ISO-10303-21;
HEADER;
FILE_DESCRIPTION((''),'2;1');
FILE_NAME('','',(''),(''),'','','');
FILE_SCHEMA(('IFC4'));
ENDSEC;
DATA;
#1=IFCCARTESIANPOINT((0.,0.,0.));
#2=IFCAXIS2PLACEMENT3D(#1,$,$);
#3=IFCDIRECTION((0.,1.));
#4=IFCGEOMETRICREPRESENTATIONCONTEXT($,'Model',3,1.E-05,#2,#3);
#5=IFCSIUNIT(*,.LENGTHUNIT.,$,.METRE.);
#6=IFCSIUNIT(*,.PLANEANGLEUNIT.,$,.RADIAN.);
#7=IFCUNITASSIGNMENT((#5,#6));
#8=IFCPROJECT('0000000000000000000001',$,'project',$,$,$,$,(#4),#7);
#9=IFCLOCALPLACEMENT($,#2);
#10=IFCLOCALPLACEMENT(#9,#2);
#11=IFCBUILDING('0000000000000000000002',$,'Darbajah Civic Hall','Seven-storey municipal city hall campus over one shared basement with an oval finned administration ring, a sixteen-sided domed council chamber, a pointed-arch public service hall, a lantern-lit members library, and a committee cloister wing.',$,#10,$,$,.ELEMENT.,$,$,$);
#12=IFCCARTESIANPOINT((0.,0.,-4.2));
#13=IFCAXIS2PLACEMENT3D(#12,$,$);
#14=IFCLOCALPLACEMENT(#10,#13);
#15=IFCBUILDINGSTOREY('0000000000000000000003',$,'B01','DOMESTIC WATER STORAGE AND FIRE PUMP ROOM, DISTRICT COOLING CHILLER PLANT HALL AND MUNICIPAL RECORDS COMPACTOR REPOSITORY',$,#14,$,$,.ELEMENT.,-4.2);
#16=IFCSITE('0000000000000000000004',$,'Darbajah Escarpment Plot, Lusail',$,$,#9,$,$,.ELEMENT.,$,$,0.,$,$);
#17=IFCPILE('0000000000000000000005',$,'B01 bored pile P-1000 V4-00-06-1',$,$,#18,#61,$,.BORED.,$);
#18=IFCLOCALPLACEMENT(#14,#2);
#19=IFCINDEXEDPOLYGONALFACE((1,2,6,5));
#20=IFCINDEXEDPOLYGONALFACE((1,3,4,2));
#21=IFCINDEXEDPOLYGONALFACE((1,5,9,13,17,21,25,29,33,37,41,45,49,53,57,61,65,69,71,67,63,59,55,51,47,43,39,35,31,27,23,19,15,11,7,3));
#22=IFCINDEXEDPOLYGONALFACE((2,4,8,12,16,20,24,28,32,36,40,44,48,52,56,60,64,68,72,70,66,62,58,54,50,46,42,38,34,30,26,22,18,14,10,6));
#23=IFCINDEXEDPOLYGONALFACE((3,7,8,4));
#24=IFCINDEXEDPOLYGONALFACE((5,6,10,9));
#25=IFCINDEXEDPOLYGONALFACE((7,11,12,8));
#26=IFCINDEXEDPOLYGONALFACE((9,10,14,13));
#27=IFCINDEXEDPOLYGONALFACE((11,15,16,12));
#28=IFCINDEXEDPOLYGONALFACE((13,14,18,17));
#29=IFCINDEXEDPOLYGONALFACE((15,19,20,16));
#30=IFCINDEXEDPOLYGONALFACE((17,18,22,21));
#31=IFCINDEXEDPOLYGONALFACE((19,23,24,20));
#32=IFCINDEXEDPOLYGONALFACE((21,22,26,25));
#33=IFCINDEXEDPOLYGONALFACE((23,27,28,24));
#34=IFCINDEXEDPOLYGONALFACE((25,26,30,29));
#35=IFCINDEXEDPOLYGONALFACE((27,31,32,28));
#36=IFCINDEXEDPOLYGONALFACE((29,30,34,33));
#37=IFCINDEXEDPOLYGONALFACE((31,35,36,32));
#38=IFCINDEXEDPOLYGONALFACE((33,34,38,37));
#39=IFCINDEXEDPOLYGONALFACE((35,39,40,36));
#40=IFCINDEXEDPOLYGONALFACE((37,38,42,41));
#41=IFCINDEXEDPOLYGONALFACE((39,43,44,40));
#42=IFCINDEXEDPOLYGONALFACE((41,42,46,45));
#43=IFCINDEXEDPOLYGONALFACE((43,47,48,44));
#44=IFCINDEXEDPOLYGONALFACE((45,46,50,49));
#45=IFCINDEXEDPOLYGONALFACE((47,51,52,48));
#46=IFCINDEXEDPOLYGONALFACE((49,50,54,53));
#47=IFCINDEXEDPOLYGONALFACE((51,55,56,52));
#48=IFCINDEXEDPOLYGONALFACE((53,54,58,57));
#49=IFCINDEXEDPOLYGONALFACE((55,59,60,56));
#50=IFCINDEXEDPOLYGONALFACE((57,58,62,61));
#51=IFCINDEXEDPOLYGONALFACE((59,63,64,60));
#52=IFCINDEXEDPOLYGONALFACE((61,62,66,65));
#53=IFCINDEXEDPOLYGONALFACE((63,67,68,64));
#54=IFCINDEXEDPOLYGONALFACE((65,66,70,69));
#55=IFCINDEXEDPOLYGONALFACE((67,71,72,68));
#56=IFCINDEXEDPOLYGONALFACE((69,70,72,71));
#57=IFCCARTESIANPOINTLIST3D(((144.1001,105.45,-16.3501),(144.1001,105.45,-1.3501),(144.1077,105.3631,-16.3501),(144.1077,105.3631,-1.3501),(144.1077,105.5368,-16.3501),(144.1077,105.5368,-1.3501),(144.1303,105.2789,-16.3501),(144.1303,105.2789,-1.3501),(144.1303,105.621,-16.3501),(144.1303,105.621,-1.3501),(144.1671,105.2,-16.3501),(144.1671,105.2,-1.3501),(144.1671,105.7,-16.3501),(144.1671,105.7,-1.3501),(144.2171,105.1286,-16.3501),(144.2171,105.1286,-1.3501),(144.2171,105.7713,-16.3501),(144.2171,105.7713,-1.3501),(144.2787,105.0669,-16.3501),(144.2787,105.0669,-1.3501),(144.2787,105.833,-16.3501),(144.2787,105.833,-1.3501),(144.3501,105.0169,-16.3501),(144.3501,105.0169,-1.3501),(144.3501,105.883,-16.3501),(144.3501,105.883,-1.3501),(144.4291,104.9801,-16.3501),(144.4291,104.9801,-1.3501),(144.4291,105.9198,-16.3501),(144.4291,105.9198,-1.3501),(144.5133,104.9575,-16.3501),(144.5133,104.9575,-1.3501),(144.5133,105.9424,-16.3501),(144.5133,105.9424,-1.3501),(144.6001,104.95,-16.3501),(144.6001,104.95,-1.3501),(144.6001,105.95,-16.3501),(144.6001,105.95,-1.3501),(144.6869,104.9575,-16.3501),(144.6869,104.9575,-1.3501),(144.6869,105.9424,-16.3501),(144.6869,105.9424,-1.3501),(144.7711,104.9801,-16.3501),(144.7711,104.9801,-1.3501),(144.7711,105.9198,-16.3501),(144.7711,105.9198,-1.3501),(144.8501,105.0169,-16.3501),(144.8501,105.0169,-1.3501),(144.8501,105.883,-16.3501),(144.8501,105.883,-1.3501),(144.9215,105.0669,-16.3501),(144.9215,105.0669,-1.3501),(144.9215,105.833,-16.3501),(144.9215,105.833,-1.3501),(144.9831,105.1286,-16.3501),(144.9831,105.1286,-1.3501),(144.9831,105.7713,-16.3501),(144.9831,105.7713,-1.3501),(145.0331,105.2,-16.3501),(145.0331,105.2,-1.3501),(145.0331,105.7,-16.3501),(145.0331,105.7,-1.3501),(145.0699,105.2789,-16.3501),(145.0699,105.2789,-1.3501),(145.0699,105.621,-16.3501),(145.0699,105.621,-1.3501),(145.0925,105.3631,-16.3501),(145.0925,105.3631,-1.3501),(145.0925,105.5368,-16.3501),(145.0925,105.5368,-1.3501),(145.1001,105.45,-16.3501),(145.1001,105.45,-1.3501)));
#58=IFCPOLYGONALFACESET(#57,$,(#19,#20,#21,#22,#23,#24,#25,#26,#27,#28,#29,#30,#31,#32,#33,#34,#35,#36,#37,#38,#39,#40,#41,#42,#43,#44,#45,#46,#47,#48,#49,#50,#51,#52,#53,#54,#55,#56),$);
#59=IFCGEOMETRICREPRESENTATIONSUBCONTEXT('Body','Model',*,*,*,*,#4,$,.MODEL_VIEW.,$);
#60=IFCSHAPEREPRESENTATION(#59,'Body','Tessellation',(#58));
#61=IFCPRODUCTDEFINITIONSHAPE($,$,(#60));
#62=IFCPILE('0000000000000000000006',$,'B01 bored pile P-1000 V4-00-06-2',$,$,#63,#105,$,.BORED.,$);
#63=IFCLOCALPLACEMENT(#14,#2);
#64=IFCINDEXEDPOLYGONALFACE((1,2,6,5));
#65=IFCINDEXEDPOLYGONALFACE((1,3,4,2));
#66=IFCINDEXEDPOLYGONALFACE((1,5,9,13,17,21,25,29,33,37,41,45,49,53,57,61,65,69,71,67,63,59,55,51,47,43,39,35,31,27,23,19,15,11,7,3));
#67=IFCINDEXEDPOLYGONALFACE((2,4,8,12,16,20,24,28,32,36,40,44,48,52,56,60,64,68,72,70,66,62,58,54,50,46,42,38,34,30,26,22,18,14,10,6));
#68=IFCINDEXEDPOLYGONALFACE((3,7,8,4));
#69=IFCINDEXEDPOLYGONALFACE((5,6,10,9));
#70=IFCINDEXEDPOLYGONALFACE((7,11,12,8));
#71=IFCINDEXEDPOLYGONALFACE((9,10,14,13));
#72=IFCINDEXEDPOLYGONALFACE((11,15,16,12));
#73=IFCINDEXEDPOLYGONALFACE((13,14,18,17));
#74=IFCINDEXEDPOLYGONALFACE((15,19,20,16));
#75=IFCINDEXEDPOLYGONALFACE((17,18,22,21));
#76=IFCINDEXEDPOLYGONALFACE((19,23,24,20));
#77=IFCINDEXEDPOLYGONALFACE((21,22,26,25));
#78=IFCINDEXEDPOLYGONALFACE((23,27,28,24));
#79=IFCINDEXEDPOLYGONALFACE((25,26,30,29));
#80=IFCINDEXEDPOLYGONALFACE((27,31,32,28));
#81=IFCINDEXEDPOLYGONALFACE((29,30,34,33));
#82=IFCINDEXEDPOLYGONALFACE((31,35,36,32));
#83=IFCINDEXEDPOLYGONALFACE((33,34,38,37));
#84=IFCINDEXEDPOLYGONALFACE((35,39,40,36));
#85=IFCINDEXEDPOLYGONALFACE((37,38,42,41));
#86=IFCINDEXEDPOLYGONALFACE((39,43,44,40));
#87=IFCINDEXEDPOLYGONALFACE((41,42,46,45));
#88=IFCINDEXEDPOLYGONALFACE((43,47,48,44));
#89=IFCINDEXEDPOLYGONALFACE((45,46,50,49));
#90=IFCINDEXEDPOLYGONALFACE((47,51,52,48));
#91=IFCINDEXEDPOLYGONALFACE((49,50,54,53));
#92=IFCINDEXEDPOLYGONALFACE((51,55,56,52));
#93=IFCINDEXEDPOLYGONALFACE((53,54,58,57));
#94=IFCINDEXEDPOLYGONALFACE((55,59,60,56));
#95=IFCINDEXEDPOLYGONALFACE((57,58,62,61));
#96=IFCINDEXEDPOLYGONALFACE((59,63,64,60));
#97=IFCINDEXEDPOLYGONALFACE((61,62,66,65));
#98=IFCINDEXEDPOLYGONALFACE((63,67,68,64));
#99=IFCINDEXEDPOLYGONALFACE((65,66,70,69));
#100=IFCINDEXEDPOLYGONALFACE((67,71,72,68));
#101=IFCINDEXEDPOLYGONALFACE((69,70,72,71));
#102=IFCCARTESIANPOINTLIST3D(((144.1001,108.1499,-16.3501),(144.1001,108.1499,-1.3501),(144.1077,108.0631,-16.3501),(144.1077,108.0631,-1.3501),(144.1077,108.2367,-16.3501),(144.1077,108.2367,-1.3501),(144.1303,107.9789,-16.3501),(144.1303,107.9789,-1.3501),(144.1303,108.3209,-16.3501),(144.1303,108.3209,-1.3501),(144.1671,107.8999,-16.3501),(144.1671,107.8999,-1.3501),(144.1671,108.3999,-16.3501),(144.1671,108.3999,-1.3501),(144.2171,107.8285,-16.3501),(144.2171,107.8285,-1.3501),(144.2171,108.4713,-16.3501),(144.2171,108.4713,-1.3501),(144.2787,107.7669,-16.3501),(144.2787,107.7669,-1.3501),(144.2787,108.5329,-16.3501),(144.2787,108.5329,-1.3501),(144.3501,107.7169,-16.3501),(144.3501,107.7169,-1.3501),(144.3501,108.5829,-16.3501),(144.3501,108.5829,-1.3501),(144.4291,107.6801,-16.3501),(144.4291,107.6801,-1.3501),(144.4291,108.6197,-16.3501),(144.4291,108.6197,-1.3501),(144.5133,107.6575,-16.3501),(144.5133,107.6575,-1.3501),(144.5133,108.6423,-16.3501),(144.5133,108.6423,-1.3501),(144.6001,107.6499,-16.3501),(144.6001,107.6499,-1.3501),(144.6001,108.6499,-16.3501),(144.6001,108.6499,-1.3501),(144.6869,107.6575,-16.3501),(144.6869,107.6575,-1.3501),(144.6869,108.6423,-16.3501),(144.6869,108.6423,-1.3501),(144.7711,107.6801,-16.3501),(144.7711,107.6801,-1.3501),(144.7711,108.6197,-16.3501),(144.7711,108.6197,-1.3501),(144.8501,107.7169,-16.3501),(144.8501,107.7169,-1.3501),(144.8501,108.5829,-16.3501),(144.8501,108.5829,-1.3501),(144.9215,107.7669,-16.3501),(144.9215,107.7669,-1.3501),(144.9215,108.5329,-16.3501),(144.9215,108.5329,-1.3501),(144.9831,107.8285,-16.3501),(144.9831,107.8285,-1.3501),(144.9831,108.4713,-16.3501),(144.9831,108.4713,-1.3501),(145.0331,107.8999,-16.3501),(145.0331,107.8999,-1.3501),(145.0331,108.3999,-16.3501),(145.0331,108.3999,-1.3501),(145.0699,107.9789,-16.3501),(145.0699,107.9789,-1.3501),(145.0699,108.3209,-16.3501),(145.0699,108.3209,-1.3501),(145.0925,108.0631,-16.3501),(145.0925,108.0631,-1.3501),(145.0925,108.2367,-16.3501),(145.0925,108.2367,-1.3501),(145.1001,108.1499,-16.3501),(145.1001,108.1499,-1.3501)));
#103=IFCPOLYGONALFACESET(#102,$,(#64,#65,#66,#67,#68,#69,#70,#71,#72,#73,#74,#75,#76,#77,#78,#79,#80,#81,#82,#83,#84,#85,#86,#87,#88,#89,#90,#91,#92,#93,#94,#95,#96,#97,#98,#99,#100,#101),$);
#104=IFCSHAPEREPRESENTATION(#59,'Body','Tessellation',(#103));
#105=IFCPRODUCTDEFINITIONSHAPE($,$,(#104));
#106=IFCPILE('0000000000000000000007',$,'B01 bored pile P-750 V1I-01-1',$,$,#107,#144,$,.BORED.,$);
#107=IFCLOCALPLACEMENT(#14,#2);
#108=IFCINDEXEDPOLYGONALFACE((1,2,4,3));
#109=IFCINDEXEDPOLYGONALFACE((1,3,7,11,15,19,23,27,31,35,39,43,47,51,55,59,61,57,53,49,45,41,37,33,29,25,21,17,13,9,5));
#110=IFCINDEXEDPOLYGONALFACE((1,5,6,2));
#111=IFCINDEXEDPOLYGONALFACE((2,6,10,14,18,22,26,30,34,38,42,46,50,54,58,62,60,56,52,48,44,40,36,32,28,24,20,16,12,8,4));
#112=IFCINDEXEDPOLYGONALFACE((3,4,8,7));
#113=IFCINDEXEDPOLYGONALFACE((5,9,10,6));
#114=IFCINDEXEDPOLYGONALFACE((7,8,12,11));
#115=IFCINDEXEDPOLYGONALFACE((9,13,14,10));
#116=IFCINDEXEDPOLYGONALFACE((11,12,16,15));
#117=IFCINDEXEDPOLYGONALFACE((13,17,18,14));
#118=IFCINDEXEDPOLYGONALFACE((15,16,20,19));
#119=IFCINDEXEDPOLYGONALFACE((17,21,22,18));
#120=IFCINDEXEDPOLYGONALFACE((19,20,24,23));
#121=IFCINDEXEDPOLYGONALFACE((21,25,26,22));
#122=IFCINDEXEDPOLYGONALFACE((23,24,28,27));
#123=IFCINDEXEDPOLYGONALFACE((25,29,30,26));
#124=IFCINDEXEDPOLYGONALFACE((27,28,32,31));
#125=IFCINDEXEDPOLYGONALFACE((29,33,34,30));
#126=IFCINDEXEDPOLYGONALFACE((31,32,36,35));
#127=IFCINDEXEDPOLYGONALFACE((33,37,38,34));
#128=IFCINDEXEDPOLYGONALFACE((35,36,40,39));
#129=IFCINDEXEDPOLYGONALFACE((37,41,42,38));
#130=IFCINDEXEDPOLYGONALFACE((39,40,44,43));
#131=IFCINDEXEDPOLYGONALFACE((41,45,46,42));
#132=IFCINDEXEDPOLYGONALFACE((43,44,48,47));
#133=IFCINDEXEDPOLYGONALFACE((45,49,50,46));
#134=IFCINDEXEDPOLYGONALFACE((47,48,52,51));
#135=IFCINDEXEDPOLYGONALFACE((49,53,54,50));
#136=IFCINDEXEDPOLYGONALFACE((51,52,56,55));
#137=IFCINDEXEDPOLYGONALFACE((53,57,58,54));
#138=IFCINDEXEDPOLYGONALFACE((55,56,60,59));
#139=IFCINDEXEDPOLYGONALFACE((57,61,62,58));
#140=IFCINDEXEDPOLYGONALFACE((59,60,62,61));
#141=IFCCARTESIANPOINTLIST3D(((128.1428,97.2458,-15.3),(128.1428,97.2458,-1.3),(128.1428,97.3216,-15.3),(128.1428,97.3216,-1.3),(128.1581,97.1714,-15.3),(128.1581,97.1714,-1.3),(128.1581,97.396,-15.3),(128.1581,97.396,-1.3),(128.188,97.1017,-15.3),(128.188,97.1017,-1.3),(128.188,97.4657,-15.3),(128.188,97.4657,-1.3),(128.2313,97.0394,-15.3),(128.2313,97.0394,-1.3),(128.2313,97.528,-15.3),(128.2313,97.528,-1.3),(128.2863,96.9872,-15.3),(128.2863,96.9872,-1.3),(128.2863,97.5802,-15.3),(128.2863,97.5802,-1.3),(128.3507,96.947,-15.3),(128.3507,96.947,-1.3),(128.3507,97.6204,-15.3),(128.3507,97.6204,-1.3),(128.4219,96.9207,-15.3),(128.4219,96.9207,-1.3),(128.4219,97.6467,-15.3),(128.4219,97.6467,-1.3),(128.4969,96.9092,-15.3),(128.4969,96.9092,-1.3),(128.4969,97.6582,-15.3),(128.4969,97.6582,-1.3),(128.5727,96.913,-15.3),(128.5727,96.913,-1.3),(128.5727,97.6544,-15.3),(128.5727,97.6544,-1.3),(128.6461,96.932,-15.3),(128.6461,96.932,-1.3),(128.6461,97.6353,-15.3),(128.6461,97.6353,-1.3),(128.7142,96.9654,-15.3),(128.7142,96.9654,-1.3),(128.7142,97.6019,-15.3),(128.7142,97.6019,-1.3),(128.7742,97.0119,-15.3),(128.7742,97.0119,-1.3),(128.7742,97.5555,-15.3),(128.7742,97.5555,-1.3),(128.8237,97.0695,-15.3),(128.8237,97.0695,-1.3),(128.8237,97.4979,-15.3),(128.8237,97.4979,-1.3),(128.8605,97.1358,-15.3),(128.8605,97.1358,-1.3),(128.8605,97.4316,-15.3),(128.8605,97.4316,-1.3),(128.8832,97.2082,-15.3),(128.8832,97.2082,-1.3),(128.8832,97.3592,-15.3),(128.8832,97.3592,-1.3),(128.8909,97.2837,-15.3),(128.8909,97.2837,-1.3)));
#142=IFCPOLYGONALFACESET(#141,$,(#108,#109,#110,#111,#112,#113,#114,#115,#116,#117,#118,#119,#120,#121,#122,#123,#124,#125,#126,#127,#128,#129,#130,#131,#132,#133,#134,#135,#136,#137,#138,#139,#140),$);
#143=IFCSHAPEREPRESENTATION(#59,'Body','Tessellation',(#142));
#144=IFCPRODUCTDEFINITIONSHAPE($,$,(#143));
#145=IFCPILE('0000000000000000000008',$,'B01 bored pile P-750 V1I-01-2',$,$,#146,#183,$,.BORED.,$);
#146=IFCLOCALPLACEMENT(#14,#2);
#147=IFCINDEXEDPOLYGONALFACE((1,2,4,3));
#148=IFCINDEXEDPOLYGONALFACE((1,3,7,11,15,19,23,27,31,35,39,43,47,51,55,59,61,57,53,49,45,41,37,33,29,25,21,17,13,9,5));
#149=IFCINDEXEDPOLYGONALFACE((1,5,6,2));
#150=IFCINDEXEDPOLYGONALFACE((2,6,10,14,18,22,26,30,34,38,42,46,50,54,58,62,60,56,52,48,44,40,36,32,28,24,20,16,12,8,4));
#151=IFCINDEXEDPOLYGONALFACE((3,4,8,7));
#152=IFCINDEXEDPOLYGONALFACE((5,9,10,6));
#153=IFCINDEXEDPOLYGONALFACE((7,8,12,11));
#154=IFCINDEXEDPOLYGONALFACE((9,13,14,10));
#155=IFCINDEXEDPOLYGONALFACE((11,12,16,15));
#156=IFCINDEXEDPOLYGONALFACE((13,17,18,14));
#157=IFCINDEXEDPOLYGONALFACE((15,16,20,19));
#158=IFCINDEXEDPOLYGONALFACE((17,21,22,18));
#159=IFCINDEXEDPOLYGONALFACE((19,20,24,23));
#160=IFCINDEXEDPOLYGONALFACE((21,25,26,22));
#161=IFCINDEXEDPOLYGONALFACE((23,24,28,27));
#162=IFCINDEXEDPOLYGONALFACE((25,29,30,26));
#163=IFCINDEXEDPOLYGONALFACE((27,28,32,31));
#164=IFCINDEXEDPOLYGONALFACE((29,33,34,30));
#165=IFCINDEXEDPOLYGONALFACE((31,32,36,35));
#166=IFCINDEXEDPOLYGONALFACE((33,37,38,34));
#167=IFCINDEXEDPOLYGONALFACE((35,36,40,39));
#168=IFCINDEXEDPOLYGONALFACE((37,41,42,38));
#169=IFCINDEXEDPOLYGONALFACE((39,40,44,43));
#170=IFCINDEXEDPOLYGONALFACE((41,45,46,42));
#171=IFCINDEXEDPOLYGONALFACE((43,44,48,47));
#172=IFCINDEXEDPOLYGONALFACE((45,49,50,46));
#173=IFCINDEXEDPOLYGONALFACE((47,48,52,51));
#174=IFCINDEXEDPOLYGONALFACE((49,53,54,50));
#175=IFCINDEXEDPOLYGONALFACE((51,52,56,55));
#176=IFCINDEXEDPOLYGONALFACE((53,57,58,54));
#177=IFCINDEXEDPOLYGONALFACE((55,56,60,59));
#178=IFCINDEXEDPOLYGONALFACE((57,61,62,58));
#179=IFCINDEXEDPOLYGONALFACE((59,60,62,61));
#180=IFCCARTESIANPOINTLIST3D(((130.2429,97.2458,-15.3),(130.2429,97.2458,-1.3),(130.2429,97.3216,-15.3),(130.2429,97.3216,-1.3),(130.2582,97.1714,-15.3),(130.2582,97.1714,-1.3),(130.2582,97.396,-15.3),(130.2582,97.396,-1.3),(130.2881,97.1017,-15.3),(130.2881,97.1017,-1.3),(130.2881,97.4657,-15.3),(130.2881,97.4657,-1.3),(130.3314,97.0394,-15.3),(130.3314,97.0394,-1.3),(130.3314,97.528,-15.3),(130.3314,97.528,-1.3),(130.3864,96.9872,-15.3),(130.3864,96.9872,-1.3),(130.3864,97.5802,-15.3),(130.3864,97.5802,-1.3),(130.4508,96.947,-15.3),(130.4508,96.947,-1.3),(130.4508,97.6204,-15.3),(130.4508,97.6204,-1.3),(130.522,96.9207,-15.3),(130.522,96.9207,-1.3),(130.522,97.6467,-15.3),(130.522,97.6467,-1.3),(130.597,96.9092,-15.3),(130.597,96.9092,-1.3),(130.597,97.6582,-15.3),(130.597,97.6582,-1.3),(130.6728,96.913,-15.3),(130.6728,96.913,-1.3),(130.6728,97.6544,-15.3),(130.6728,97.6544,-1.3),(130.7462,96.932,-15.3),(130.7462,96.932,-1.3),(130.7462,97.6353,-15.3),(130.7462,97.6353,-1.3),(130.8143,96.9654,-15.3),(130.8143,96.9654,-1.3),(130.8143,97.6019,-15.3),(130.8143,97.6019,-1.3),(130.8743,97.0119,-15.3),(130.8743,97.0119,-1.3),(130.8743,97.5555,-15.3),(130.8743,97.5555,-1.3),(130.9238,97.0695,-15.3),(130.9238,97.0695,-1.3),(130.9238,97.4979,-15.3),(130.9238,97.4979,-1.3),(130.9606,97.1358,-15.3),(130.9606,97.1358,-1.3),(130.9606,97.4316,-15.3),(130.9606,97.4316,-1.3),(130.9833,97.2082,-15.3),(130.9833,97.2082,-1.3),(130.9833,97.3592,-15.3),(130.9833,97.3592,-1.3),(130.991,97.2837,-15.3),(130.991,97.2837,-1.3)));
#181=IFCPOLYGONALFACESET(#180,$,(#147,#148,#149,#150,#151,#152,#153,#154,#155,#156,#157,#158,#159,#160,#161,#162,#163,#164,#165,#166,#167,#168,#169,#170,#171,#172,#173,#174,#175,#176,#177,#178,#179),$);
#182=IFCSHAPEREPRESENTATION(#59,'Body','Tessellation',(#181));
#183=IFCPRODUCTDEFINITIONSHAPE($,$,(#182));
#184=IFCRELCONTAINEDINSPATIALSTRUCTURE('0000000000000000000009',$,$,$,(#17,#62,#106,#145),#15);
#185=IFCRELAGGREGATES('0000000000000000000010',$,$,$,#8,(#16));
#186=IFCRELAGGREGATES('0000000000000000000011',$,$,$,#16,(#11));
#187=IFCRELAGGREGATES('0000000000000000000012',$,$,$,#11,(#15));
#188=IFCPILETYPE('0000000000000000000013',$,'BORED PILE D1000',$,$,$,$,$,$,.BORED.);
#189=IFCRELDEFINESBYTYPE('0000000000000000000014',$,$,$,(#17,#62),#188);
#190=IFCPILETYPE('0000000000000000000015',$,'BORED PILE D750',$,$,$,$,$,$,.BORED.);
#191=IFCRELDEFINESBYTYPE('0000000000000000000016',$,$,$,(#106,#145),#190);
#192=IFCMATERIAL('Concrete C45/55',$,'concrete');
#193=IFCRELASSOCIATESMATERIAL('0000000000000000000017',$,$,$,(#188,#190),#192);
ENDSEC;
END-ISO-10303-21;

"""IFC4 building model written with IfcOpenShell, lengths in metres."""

from ifc_helpers import new_model, si_unit, direction, frame, origin, origin_2d, place, context, subcontext, project, spatial, circle, extrude, material, material_profile, profile_set, type_object, element, save


model = new_model("IFC4")

# Units and contexts
model_context = context("Model", 3, precision=1e-05, world=origin(), true_north=direction((0.0, 1.0)))
body_context = subcontext(model_context, "Body", "Model", "MODEL_VIEW")
ifc_project = project(units=[si_unit("LENGTHUNIT", "METRE"), si_unit("PLANEANGLEUNIT", "RADIAN")], contexts=[model_context])

# Site, building, storey
site_placement = place(None, origin())
site = spatial("IfcSite", under=ifc_project, at=site_placement, Name="Darbajah Escarpment Plot, Lusail", CompositionType="ELEMENT", RefElevation=0.0)
building_placement = place(site_placement, origin())
building = spatial("IfcBuilding", under=site, at=building_placement, Name="Darbajah Civic Hall", Description="Seven-storey municipal city hall campus over one shared basement with an oval finned administration ring, a sixteen-sided domed council chamber, a pointed-arch public service hall, a lantern-lit members library, and a committee cloister wing.", CompositionType="ELEMENT")
storey_placement = place(building_placement, frame((0.0, 0.0, -4.2)))
storey = spatial("IfcBuildingStorey", under=building, at=storey_placement, Name="B01", Description="DOMESTIC WATER STORAGE AND FIRE PUMP ROOM, DISTRICT COOLING CHILLER PLANT HALL AND MUNICIPAL RECORDS COMPACTOR REPOSITORY", CompositionType="ELEMENT", Elevation=-4.2)

# Piles
ifc_material_1 = material(Name="Concrete C45/55", Category="concrete")
ifc_material_profile_1 = material_profile(ifc_material_1, circle(Radius=0.5, at=origin_2d()), Name="BORED PILE D1000")
ifc_profile_set_1 = profile_set([ifc_material_profile_1], Name="Concrete C45/55")
pile_type_1 = type_object("IfcPileType", Name="BORED PILE D1000", PredefinedType="BORED", material=ifc_profile_set_1)
for number, where, z_axis, x_axis, name in (
    (1, (144.6001, 105.45, -1.3501), (0.0, 0.0, -1.0), (1.0, 0.0, 0.0), "B01 bored pile P-1000 V4-00-06-1"),
    (2, (144.6001, 108.1499, -1.3501), (0.0, 0.0, -1.0), (1.0, 0.0, 0.0), "B01 bored pile P-1000 V4-00-06-2"),
):
    element("IfcPile", number, at=place(storey_placement, frame(where, z_axis=z_axis, x_axis=x_axis)), inside=storey, type_object=pile_type_1, Name=name, PredefinedType="BORED", context=body_context, shape_type="SweptSolid", body=[
        extrude(circle(Radius=0.5, at=origin_2d()), origin(), (0.0, 0.0, 1.0), 15.0),
    ])
ifc_material_profile_2 = material_profile(ifc_material_1, circle(Radius=0.375, at=origin_2d()), Name="BORED PILE D750")
ifc_profile_set_2 = profile_set([ifc_material_profile_2], Name="Concrete C45/55")
pile_type_2 = type_object("IfcPileType", Name="BORED PILE D750", PredefinedType="BORED", material=ifc_profile_set_2)
for number, where, z_axis, x_axis, name in (
    (3, (128.5159, 97.2837, -1.3), (0.0, 0.0, -1.0), (1.0, 0.0, 0.0), "B01 bored pile P-750 V1I-01-1"),
    (4, (130.616, 97.2837, -1.3), (0.0, 0.0, -1.0), (1.0, 0.0, 0.0), "B01 bored pile P-750 V1I-01-2"),
):
    element("IfcPile", number, at=place(storey_placement, frame(where, z_axis=z_axis, x_axis=x_axis)), inside=storey, type_object=pile_type_2, Name=name, PredefinedType="BORED", context=body_context, shape_type="SweptSolid", body=[
        extrude(circle(Radius=0.375, at=origin_2d()), origin(), (0.0, 0.0, 1.0), 14.0),
    ])

save(model, "model.ifc")
